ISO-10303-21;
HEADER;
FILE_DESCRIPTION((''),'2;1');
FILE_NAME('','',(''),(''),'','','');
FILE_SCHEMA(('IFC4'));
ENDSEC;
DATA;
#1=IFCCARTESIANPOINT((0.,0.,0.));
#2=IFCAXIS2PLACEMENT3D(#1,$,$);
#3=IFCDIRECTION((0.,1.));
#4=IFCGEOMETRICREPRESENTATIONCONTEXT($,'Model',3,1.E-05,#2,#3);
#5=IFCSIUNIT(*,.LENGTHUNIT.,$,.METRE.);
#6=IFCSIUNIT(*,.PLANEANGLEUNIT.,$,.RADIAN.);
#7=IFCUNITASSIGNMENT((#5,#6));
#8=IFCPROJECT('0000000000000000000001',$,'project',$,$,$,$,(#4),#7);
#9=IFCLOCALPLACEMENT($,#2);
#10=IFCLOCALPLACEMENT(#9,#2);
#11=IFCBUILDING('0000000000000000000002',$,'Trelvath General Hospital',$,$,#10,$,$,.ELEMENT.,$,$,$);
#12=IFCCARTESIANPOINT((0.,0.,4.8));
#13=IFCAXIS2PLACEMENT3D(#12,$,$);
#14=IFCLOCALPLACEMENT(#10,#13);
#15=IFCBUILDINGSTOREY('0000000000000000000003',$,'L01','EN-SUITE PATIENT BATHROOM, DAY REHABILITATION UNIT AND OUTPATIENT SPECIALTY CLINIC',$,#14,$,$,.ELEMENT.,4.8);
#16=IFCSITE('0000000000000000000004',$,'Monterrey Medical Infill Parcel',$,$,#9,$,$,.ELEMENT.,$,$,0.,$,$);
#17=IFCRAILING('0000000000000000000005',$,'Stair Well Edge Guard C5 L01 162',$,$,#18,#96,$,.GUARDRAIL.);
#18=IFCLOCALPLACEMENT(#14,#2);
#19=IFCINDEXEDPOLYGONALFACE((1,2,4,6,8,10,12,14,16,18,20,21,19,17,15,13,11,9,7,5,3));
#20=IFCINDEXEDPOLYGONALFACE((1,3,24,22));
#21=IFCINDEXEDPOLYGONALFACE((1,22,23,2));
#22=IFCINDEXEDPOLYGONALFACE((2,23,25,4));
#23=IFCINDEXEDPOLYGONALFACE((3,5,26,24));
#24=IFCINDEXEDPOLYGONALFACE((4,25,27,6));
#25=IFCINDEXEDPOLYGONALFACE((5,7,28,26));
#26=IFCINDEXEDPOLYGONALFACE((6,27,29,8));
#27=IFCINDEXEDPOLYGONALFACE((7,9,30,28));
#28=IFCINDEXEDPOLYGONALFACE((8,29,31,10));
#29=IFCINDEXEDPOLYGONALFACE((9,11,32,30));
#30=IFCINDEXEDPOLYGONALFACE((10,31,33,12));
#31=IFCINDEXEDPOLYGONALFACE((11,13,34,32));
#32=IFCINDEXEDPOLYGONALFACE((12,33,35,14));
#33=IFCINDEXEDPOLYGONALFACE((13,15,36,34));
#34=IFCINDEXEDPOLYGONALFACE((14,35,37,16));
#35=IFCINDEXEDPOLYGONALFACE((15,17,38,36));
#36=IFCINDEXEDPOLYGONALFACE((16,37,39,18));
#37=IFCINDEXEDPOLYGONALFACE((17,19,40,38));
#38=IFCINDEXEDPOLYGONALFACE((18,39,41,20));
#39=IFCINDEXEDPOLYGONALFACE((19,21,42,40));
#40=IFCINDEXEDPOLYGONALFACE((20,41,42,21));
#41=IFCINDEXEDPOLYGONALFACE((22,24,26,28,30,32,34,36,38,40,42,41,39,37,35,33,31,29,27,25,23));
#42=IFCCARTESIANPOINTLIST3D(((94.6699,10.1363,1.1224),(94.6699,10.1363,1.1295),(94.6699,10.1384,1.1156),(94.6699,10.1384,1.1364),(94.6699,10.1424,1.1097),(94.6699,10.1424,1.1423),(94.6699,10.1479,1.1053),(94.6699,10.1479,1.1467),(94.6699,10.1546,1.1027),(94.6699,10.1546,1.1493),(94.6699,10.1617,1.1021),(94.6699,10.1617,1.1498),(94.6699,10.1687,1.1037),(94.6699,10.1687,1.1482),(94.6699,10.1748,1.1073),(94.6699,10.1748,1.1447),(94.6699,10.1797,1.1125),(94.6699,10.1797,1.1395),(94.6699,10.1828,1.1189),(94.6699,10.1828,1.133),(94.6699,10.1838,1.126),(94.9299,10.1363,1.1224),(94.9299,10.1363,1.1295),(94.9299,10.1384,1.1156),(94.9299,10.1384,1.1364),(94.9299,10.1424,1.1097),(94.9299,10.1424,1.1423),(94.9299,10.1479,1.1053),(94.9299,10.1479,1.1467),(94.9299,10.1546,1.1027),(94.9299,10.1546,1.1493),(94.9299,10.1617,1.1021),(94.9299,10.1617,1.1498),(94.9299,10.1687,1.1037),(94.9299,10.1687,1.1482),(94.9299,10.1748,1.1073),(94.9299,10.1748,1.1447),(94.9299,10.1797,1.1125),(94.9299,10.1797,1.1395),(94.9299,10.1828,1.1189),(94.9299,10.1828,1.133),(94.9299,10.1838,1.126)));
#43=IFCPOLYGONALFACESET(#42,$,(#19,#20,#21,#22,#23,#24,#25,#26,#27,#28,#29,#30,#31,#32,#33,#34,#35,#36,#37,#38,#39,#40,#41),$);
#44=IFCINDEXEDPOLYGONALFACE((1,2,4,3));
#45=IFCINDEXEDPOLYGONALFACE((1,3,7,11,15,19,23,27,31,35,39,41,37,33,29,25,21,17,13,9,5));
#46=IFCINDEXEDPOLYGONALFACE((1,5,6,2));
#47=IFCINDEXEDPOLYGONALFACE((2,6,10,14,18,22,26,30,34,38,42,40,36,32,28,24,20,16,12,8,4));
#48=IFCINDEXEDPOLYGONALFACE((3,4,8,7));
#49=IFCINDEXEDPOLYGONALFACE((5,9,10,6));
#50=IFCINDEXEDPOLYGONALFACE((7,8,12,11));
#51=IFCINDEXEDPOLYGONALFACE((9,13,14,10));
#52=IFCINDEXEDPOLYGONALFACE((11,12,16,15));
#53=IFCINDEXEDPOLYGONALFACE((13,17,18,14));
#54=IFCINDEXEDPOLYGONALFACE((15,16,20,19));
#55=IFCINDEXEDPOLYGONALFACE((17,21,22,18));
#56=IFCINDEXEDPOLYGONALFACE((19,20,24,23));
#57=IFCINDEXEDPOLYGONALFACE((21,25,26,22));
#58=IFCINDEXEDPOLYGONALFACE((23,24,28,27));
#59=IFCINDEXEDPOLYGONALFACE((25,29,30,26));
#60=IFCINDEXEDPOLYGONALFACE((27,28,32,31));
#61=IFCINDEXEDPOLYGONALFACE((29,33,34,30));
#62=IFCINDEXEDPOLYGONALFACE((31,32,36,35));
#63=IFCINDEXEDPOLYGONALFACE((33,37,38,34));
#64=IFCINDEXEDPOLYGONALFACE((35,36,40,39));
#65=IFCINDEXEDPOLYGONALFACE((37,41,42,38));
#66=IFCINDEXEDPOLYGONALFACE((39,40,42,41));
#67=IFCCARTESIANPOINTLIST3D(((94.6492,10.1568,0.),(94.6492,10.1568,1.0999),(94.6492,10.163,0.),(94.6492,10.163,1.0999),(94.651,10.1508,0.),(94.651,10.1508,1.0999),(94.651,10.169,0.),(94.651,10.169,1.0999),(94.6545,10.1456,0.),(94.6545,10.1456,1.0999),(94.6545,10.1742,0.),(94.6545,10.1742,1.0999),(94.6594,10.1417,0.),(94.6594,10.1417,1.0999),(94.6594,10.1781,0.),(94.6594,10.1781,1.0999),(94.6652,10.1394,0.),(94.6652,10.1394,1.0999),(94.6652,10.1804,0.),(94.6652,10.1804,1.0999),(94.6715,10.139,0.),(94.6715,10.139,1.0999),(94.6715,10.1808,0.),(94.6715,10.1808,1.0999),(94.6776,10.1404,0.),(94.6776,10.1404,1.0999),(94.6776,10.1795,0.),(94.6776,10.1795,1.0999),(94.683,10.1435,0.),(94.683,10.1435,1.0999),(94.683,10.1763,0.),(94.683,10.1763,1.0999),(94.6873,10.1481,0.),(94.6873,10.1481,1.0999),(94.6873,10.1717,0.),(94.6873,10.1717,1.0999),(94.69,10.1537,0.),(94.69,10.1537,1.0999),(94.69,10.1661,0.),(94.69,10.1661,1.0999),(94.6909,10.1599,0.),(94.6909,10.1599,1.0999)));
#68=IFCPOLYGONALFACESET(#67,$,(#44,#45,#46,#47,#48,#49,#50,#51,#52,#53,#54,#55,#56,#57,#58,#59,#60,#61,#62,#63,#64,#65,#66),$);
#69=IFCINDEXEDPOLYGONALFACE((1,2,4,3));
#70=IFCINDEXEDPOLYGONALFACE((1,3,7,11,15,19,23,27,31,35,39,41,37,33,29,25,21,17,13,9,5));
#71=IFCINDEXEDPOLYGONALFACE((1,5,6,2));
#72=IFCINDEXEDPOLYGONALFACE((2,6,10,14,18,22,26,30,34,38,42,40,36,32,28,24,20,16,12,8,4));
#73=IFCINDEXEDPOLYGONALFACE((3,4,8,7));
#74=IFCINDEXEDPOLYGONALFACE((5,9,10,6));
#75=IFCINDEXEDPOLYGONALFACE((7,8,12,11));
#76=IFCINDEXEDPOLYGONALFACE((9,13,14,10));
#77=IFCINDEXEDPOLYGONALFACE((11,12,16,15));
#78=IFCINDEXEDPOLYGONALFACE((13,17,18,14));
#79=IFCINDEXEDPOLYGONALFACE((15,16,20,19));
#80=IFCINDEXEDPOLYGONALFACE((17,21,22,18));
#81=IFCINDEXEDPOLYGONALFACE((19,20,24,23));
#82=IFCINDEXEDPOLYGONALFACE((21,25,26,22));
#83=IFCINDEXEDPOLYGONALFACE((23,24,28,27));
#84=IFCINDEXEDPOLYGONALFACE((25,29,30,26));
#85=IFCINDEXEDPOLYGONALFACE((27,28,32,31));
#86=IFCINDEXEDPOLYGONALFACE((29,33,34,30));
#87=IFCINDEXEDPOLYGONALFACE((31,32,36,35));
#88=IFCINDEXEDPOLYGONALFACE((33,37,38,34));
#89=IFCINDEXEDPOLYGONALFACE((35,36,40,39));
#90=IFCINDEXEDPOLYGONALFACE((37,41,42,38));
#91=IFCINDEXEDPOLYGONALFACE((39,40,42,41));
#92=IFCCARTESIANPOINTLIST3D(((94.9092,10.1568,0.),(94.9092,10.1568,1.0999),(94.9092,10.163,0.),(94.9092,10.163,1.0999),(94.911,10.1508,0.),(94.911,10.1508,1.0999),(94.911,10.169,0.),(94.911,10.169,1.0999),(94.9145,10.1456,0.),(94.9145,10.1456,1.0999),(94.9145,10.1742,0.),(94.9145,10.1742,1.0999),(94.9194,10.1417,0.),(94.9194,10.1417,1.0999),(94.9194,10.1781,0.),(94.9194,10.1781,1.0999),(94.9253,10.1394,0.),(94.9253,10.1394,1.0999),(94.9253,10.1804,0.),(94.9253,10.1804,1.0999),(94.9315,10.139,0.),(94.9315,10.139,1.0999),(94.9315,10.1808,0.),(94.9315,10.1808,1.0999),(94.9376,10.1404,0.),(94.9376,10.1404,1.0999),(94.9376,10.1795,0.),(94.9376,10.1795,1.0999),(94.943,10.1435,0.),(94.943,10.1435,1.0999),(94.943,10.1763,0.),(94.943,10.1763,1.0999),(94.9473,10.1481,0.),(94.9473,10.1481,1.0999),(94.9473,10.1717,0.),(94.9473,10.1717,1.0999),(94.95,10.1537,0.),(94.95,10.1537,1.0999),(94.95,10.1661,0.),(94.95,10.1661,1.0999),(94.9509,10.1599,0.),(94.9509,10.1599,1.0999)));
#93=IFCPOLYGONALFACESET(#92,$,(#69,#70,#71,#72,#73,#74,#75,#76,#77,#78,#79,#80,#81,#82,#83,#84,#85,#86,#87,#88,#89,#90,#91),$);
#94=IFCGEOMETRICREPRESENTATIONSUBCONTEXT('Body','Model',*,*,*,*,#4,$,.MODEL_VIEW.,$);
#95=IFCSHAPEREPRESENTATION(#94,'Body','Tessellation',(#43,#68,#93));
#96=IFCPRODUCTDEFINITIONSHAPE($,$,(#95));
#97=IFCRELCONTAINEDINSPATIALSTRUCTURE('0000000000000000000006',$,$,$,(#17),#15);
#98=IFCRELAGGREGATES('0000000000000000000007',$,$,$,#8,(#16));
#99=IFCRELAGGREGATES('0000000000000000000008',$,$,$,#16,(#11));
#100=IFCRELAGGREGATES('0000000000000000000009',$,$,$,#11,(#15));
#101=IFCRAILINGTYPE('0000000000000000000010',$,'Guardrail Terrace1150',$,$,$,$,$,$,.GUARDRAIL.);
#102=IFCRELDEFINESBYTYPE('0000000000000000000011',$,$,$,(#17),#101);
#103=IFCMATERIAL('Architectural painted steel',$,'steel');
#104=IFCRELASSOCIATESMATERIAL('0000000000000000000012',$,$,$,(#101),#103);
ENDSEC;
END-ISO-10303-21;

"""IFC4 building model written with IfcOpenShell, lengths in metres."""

from ifc_helpers import new_model, si_unit, direction, frame, origin, origin_2d, place, context, subcontext, project, spatial, circle, extrude, material, type_object, element, save


model = new_model("IFC4")

# Units and contexts
model_context = context("Model", 3, precision=1e-05, world=origin(), true_north=direction((0.0, 1.0)))
body_context = subcontext(model_context, "Body", "Model", "MODEL_VIEW")
ifc_project = project(units=[si_unit("LENGTHUNIT", "METRE"), si_unit("PLANEANGLEUNIT", "RADIAN")], contexts=[model_context])

# Site, building, storey
site_placement = place(None, origin())
site = spatial("IfcSite", under=ifc_project, at=site_placement, Name="Monterrey Medical Infill Parcel", CompositionType="ELEMENT", RefElevation=0.0)
building_placement = place(site_placement, origin())
building = spatial("IfcBuilding", under=site, at=building_placement, Name="Trelvath General Hospital", CompositionType="ELEMENT")
storey_placement = place(building_placement, frame((0.0, 0.0, 4.8)))
storey = spatial("IfcBuildingStorey", under=building, at=storey_placement, Name="L01", Description="EN-SUITE PATIENT BATHROOM, DAY REHABILITATION UNIT AND OUTPATIENT SPECIALTY CLINIC", CompositionType="ELEMENT", Elevation=4.8)

# Railing
ifc_material_1 = material(Name="Architectural painted steel", Category="steel")
railing_type_1 = type_object("IfcRailingType", Name="Guardrail Terrace1150", PredefinedType="GUARDRAIL", material=ifc_material_1)
railing_1_placement = place(storey_placement, frame((94.6699, 10.1599, 0.0)))
element("IfcRailing", 1, at=railing_1_placement, inside=storey, type_object=railing_type_1, Name="Stair Well Edge Guard C5 L01 162", PredefinedType="GUARDRAIL", context=body_context, shape_type="SweptSolid", body=[
    extrude(circle(Radius=0.0239, at=origin_2d()), frame((0.0, 0.0, 1.126), z_axis=(1.0, 0.0, 0.0), x_axis=(0.0, 1.0, 0.0)), (0.0, 0.0, 1.0), 0.26),
    extrude(circle(Radius=0.021, at=origin_2d()), origin(), (0.0, 0.0, 1.0), 1.0999),
    extrude(circle(Radius=0.021, at=origin_2d()), frame((0.26, 0.0, 0.0)), (0.0, 0.0, 1.0), 1.0999),
])

save(model, "model.ifc")
